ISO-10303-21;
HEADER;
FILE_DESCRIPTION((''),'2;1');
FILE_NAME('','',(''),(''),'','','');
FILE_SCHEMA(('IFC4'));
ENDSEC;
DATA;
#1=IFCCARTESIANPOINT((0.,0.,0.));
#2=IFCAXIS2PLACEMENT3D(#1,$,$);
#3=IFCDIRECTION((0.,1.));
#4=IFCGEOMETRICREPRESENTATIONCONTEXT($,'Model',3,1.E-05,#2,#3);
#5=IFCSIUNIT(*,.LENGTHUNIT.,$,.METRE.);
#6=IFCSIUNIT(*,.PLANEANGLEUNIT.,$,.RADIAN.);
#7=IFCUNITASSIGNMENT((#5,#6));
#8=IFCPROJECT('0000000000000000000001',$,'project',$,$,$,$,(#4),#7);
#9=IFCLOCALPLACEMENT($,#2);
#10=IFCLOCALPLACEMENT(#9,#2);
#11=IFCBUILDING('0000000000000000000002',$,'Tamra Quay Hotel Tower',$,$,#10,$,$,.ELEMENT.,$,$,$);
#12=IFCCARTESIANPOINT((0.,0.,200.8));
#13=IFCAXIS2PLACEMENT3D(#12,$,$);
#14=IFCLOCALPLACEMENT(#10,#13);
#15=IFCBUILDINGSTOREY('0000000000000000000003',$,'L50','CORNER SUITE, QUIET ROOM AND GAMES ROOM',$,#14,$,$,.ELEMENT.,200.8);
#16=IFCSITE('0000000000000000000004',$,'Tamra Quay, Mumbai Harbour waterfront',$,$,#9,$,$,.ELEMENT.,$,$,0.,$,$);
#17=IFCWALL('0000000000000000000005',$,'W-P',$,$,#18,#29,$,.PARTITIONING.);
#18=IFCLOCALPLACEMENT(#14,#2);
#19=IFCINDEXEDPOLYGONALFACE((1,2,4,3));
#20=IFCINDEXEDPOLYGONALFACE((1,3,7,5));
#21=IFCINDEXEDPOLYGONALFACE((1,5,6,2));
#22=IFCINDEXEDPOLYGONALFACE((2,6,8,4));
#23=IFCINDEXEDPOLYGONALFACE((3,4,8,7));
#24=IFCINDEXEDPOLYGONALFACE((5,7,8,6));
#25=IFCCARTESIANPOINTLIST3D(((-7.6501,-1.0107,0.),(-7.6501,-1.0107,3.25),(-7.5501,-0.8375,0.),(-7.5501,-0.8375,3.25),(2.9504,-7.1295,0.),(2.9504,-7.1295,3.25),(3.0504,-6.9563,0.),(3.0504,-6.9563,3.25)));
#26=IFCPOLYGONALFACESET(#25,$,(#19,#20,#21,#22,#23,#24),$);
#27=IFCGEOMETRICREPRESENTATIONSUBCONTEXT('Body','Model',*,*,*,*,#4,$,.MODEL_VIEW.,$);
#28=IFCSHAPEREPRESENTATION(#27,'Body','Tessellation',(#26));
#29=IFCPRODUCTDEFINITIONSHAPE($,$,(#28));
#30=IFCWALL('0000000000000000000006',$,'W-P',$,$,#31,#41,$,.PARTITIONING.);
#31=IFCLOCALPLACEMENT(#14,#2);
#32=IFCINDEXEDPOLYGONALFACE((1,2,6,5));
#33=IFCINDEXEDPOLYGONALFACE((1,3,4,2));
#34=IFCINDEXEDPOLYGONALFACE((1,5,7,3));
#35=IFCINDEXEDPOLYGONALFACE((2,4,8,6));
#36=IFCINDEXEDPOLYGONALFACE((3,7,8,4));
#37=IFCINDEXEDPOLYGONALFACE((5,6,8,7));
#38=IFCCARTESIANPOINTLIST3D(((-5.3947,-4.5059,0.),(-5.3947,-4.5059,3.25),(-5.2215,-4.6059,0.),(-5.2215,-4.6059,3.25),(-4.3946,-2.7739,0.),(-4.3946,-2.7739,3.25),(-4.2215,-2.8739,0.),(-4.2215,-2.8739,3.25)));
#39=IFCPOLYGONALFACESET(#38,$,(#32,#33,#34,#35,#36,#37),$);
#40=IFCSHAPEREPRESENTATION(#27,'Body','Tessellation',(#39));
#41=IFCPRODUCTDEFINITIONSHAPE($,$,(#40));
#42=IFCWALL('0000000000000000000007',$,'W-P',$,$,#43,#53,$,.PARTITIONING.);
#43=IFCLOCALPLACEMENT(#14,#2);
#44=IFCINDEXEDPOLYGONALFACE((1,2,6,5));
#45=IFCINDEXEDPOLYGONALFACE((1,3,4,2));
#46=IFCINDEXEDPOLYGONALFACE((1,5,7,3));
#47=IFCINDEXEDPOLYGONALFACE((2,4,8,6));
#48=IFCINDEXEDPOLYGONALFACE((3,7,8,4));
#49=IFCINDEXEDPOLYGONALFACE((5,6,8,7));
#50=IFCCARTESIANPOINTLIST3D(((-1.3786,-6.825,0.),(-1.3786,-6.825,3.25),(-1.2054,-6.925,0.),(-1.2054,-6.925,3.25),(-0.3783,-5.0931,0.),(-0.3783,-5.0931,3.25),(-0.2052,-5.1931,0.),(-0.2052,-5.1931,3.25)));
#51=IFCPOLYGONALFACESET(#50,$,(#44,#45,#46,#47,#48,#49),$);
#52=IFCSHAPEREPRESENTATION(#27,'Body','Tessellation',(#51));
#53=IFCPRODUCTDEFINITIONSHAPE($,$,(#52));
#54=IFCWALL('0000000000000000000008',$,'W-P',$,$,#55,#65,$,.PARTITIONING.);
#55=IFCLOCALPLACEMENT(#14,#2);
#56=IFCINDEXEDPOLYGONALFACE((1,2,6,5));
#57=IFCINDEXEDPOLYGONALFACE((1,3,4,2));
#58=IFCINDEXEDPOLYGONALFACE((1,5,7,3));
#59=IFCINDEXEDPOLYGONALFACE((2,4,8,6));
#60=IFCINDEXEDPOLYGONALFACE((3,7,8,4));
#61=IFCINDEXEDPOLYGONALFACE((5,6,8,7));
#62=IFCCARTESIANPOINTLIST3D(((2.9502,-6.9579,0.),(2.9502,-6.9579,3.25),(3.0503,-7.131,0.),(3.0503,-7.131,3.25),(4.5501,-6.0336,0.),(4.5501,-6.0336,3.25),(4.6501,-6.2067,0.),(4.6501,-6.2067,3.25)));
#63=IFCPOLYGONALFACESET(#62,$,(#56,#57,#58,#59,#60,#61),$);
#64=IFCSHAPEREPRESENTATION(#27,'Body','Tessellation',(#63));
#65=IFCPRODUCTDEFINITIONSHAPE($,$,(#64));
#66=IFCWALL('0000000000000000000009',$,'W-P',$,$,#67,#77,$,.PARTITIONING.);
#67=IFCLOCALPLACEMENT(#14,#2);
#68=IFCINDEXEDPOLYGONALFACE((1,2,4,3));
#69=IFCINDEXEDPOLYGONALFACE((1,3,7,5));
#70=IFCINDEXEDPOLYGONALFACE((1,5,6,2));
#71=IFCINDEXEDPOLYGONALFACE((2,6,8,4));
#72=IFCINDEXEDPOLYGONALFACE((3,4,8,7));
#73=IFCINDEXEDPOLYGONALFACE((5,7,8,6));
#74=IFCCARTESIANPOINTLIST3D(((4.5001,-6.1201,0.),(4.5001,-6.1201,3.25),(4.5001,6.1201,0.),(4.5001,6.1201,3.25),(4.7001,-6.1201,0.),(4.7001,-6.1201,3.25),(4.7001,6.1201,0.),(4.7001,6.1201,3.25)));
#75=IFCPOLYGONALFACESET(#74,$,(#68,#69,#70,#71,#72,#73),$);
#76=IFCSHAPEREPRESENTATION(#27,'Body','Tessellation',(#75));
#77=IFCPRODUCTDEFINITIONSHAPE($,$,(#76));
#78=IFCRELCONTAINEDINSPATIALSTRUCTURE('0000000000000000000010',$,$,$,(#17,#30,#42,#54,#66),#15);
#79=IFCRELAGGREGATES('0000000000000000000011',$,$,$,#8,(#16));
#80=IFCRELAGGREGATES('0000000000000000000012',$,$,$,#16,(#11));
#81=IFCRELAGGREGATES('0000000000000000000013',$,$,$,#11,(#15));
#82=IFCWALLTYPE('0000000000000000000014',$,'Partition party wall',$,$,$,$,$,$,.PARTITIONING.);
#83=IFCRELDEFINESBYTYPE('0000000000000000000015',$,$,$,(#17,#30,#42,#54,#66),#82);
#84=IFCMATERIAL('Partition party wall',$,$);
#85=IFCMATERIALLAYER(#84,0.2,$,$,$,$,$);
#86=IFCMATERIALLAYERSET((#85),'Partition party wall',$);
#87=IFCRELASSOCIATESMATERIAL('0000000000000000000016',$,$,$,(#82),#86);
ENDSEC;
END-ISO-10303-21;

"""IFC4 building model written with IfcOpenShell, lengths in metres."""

from ifc_helpers import new_model, si_unit, direction, frame, frame_2d, origin, place, context, subcontext, project, spatial, rectangle, extrude, material, layer, layer_set, type_object, element, save


model = new_model("IFC4")

# Units and contexts
model_context = context("Model", 3, precision=1e-05, world=origin(), true_north=direction((0.0, 1.0)))
body_context = subcontext(model_context, "Body", "Model", "MODEL_VIEW")
ifc_project = project(units=[si_unit("LENGTHUNIT", "METRE"), si_unit("PLANEANGLEUNIT", "RADIAN")], contexts=[model_context])

# Site, building, storey
site_placement = place(None, origin())
site = spatial("IfcSite", under=ifc_project, at=site_placement, Name="Tamra Quay, Mumbai Harbour waterfront", CompositionType="ELEMENT", RefElevation=0.0)
building_placement = place(site_placement, origin())
building = spatial("IfcBuilding", under=site, at=building_placement, Name="Tamra Quay Hotel Tower", CompositionType="ELEMENT")
storey_placement = place(building_placement, frame((0.0, 0.0, 200.8)))
storey = spatial("IfcBuildingStorey", under=building, at=storey_placement, Name="L50", Description="CORNER SUITE, QUIET ROOM AND GAMES ROOM", CompositionType="ELEMENT", Elevation=200.8)

# Walls
ifc_material_1 = material(Name="Partition party wall")
ifc_layer_1 = layer(ifc_material_1, 0.2)
ifc_layer_set_1 = layer_set([ifc_layer_1], Name="Partition party wall")
wall_type_1 = type_object("IfcWallType", Name="Partition party wall", PredefinedType="PARTITIONING", material=ifc_layer_set_1)
wall_1_placement = place(storey_placement, frame((-7.6001, -0.9241, 0.0), z_axis=(0.0, 0.0, 1.0), x_axis=(0.866073, -0.499917, 0.0)))
element("IfcWall", 1, at=wall_1_placement, inside=storey, type_object=wall_type_1, Name="W-P", PredefinedType="PARTITIONING", context=body_context, shape_type="SweptSolid", body=[
    extrude(rectangle(XDim=12.2397, YDim=0.2, at=frame_2d((6.1199, 0.0))), origin(), (0.0, 0.0, 1.0), 3.25),
])
for number, where, z_axis, x_axis, name in (
    (2, (-5.3081, -4.5559, 0.0), (0.0, 0.0, 1.0), (0.500025, 0.866011, 0.0), "W-P"),
    (3, (-1.292, -6.875, 0.0), (0.0, 0.0, 1.0), (0.500117, 0.865958, 0.0), "W-P"),
):
    element("IfcWall", number, at=place(storey_placement, frame(where, z_axis=z_axis, x_axis=x_axis)), inside=storey, type_object=wall_type_1, Name=name, PredefinedType="PARTITIONING", context=body_context, shape_type="SweptSolid", body=[
        extrude(rectangle(XDim=2.0, YDim=0.2, at=frame_2d((1.0, 0.0))), origin(), (0.0, 0.0, 1.0), 3.25),
    ])
wall_2_placement = place(storey_placement, frame((3.0002, -7.0444, 0.0), z_axis=(0.0, 0.0, 1.0), x_axis=(0.865875, 0.50026, 0.0)))
element("IfcWall", 4, at=wall_2_placement, inside=storey, type_object=wall_type_1, Name="W-P", PredefinedType="PARTITIONING", context=body_context, shape_type="SweptSolid", body=[
    extrude(rectangle(XDim=1.8477, YDim=0.2, at=frame_2d((0.9238, 0.0))), origin(), (0.0, 0.0, 1.0), 3.25),
])
wall_3_placement = place(storey_placement, frame((4.6001, -6.1201, 0.0), z_axis=(0.0, 0.0, 1.0), x_axis=(0.0, 1.0, 0.0)))
element("IfcWall", 5, at=wall_3_placement, inside=storey, type_object=wall_type_1, Name="W-P", PredefinedType="PARTITIONING", context=body_context, shape_type="SweptSolid", body=[
    extrude(rectangle(XDim=12.2402, YDim=0.2, at=frame_2d((6.1201, 0.0))), origin(), (0.0, 0.0, 1.0), 3.25),
])

save(model, "model.ifc")
